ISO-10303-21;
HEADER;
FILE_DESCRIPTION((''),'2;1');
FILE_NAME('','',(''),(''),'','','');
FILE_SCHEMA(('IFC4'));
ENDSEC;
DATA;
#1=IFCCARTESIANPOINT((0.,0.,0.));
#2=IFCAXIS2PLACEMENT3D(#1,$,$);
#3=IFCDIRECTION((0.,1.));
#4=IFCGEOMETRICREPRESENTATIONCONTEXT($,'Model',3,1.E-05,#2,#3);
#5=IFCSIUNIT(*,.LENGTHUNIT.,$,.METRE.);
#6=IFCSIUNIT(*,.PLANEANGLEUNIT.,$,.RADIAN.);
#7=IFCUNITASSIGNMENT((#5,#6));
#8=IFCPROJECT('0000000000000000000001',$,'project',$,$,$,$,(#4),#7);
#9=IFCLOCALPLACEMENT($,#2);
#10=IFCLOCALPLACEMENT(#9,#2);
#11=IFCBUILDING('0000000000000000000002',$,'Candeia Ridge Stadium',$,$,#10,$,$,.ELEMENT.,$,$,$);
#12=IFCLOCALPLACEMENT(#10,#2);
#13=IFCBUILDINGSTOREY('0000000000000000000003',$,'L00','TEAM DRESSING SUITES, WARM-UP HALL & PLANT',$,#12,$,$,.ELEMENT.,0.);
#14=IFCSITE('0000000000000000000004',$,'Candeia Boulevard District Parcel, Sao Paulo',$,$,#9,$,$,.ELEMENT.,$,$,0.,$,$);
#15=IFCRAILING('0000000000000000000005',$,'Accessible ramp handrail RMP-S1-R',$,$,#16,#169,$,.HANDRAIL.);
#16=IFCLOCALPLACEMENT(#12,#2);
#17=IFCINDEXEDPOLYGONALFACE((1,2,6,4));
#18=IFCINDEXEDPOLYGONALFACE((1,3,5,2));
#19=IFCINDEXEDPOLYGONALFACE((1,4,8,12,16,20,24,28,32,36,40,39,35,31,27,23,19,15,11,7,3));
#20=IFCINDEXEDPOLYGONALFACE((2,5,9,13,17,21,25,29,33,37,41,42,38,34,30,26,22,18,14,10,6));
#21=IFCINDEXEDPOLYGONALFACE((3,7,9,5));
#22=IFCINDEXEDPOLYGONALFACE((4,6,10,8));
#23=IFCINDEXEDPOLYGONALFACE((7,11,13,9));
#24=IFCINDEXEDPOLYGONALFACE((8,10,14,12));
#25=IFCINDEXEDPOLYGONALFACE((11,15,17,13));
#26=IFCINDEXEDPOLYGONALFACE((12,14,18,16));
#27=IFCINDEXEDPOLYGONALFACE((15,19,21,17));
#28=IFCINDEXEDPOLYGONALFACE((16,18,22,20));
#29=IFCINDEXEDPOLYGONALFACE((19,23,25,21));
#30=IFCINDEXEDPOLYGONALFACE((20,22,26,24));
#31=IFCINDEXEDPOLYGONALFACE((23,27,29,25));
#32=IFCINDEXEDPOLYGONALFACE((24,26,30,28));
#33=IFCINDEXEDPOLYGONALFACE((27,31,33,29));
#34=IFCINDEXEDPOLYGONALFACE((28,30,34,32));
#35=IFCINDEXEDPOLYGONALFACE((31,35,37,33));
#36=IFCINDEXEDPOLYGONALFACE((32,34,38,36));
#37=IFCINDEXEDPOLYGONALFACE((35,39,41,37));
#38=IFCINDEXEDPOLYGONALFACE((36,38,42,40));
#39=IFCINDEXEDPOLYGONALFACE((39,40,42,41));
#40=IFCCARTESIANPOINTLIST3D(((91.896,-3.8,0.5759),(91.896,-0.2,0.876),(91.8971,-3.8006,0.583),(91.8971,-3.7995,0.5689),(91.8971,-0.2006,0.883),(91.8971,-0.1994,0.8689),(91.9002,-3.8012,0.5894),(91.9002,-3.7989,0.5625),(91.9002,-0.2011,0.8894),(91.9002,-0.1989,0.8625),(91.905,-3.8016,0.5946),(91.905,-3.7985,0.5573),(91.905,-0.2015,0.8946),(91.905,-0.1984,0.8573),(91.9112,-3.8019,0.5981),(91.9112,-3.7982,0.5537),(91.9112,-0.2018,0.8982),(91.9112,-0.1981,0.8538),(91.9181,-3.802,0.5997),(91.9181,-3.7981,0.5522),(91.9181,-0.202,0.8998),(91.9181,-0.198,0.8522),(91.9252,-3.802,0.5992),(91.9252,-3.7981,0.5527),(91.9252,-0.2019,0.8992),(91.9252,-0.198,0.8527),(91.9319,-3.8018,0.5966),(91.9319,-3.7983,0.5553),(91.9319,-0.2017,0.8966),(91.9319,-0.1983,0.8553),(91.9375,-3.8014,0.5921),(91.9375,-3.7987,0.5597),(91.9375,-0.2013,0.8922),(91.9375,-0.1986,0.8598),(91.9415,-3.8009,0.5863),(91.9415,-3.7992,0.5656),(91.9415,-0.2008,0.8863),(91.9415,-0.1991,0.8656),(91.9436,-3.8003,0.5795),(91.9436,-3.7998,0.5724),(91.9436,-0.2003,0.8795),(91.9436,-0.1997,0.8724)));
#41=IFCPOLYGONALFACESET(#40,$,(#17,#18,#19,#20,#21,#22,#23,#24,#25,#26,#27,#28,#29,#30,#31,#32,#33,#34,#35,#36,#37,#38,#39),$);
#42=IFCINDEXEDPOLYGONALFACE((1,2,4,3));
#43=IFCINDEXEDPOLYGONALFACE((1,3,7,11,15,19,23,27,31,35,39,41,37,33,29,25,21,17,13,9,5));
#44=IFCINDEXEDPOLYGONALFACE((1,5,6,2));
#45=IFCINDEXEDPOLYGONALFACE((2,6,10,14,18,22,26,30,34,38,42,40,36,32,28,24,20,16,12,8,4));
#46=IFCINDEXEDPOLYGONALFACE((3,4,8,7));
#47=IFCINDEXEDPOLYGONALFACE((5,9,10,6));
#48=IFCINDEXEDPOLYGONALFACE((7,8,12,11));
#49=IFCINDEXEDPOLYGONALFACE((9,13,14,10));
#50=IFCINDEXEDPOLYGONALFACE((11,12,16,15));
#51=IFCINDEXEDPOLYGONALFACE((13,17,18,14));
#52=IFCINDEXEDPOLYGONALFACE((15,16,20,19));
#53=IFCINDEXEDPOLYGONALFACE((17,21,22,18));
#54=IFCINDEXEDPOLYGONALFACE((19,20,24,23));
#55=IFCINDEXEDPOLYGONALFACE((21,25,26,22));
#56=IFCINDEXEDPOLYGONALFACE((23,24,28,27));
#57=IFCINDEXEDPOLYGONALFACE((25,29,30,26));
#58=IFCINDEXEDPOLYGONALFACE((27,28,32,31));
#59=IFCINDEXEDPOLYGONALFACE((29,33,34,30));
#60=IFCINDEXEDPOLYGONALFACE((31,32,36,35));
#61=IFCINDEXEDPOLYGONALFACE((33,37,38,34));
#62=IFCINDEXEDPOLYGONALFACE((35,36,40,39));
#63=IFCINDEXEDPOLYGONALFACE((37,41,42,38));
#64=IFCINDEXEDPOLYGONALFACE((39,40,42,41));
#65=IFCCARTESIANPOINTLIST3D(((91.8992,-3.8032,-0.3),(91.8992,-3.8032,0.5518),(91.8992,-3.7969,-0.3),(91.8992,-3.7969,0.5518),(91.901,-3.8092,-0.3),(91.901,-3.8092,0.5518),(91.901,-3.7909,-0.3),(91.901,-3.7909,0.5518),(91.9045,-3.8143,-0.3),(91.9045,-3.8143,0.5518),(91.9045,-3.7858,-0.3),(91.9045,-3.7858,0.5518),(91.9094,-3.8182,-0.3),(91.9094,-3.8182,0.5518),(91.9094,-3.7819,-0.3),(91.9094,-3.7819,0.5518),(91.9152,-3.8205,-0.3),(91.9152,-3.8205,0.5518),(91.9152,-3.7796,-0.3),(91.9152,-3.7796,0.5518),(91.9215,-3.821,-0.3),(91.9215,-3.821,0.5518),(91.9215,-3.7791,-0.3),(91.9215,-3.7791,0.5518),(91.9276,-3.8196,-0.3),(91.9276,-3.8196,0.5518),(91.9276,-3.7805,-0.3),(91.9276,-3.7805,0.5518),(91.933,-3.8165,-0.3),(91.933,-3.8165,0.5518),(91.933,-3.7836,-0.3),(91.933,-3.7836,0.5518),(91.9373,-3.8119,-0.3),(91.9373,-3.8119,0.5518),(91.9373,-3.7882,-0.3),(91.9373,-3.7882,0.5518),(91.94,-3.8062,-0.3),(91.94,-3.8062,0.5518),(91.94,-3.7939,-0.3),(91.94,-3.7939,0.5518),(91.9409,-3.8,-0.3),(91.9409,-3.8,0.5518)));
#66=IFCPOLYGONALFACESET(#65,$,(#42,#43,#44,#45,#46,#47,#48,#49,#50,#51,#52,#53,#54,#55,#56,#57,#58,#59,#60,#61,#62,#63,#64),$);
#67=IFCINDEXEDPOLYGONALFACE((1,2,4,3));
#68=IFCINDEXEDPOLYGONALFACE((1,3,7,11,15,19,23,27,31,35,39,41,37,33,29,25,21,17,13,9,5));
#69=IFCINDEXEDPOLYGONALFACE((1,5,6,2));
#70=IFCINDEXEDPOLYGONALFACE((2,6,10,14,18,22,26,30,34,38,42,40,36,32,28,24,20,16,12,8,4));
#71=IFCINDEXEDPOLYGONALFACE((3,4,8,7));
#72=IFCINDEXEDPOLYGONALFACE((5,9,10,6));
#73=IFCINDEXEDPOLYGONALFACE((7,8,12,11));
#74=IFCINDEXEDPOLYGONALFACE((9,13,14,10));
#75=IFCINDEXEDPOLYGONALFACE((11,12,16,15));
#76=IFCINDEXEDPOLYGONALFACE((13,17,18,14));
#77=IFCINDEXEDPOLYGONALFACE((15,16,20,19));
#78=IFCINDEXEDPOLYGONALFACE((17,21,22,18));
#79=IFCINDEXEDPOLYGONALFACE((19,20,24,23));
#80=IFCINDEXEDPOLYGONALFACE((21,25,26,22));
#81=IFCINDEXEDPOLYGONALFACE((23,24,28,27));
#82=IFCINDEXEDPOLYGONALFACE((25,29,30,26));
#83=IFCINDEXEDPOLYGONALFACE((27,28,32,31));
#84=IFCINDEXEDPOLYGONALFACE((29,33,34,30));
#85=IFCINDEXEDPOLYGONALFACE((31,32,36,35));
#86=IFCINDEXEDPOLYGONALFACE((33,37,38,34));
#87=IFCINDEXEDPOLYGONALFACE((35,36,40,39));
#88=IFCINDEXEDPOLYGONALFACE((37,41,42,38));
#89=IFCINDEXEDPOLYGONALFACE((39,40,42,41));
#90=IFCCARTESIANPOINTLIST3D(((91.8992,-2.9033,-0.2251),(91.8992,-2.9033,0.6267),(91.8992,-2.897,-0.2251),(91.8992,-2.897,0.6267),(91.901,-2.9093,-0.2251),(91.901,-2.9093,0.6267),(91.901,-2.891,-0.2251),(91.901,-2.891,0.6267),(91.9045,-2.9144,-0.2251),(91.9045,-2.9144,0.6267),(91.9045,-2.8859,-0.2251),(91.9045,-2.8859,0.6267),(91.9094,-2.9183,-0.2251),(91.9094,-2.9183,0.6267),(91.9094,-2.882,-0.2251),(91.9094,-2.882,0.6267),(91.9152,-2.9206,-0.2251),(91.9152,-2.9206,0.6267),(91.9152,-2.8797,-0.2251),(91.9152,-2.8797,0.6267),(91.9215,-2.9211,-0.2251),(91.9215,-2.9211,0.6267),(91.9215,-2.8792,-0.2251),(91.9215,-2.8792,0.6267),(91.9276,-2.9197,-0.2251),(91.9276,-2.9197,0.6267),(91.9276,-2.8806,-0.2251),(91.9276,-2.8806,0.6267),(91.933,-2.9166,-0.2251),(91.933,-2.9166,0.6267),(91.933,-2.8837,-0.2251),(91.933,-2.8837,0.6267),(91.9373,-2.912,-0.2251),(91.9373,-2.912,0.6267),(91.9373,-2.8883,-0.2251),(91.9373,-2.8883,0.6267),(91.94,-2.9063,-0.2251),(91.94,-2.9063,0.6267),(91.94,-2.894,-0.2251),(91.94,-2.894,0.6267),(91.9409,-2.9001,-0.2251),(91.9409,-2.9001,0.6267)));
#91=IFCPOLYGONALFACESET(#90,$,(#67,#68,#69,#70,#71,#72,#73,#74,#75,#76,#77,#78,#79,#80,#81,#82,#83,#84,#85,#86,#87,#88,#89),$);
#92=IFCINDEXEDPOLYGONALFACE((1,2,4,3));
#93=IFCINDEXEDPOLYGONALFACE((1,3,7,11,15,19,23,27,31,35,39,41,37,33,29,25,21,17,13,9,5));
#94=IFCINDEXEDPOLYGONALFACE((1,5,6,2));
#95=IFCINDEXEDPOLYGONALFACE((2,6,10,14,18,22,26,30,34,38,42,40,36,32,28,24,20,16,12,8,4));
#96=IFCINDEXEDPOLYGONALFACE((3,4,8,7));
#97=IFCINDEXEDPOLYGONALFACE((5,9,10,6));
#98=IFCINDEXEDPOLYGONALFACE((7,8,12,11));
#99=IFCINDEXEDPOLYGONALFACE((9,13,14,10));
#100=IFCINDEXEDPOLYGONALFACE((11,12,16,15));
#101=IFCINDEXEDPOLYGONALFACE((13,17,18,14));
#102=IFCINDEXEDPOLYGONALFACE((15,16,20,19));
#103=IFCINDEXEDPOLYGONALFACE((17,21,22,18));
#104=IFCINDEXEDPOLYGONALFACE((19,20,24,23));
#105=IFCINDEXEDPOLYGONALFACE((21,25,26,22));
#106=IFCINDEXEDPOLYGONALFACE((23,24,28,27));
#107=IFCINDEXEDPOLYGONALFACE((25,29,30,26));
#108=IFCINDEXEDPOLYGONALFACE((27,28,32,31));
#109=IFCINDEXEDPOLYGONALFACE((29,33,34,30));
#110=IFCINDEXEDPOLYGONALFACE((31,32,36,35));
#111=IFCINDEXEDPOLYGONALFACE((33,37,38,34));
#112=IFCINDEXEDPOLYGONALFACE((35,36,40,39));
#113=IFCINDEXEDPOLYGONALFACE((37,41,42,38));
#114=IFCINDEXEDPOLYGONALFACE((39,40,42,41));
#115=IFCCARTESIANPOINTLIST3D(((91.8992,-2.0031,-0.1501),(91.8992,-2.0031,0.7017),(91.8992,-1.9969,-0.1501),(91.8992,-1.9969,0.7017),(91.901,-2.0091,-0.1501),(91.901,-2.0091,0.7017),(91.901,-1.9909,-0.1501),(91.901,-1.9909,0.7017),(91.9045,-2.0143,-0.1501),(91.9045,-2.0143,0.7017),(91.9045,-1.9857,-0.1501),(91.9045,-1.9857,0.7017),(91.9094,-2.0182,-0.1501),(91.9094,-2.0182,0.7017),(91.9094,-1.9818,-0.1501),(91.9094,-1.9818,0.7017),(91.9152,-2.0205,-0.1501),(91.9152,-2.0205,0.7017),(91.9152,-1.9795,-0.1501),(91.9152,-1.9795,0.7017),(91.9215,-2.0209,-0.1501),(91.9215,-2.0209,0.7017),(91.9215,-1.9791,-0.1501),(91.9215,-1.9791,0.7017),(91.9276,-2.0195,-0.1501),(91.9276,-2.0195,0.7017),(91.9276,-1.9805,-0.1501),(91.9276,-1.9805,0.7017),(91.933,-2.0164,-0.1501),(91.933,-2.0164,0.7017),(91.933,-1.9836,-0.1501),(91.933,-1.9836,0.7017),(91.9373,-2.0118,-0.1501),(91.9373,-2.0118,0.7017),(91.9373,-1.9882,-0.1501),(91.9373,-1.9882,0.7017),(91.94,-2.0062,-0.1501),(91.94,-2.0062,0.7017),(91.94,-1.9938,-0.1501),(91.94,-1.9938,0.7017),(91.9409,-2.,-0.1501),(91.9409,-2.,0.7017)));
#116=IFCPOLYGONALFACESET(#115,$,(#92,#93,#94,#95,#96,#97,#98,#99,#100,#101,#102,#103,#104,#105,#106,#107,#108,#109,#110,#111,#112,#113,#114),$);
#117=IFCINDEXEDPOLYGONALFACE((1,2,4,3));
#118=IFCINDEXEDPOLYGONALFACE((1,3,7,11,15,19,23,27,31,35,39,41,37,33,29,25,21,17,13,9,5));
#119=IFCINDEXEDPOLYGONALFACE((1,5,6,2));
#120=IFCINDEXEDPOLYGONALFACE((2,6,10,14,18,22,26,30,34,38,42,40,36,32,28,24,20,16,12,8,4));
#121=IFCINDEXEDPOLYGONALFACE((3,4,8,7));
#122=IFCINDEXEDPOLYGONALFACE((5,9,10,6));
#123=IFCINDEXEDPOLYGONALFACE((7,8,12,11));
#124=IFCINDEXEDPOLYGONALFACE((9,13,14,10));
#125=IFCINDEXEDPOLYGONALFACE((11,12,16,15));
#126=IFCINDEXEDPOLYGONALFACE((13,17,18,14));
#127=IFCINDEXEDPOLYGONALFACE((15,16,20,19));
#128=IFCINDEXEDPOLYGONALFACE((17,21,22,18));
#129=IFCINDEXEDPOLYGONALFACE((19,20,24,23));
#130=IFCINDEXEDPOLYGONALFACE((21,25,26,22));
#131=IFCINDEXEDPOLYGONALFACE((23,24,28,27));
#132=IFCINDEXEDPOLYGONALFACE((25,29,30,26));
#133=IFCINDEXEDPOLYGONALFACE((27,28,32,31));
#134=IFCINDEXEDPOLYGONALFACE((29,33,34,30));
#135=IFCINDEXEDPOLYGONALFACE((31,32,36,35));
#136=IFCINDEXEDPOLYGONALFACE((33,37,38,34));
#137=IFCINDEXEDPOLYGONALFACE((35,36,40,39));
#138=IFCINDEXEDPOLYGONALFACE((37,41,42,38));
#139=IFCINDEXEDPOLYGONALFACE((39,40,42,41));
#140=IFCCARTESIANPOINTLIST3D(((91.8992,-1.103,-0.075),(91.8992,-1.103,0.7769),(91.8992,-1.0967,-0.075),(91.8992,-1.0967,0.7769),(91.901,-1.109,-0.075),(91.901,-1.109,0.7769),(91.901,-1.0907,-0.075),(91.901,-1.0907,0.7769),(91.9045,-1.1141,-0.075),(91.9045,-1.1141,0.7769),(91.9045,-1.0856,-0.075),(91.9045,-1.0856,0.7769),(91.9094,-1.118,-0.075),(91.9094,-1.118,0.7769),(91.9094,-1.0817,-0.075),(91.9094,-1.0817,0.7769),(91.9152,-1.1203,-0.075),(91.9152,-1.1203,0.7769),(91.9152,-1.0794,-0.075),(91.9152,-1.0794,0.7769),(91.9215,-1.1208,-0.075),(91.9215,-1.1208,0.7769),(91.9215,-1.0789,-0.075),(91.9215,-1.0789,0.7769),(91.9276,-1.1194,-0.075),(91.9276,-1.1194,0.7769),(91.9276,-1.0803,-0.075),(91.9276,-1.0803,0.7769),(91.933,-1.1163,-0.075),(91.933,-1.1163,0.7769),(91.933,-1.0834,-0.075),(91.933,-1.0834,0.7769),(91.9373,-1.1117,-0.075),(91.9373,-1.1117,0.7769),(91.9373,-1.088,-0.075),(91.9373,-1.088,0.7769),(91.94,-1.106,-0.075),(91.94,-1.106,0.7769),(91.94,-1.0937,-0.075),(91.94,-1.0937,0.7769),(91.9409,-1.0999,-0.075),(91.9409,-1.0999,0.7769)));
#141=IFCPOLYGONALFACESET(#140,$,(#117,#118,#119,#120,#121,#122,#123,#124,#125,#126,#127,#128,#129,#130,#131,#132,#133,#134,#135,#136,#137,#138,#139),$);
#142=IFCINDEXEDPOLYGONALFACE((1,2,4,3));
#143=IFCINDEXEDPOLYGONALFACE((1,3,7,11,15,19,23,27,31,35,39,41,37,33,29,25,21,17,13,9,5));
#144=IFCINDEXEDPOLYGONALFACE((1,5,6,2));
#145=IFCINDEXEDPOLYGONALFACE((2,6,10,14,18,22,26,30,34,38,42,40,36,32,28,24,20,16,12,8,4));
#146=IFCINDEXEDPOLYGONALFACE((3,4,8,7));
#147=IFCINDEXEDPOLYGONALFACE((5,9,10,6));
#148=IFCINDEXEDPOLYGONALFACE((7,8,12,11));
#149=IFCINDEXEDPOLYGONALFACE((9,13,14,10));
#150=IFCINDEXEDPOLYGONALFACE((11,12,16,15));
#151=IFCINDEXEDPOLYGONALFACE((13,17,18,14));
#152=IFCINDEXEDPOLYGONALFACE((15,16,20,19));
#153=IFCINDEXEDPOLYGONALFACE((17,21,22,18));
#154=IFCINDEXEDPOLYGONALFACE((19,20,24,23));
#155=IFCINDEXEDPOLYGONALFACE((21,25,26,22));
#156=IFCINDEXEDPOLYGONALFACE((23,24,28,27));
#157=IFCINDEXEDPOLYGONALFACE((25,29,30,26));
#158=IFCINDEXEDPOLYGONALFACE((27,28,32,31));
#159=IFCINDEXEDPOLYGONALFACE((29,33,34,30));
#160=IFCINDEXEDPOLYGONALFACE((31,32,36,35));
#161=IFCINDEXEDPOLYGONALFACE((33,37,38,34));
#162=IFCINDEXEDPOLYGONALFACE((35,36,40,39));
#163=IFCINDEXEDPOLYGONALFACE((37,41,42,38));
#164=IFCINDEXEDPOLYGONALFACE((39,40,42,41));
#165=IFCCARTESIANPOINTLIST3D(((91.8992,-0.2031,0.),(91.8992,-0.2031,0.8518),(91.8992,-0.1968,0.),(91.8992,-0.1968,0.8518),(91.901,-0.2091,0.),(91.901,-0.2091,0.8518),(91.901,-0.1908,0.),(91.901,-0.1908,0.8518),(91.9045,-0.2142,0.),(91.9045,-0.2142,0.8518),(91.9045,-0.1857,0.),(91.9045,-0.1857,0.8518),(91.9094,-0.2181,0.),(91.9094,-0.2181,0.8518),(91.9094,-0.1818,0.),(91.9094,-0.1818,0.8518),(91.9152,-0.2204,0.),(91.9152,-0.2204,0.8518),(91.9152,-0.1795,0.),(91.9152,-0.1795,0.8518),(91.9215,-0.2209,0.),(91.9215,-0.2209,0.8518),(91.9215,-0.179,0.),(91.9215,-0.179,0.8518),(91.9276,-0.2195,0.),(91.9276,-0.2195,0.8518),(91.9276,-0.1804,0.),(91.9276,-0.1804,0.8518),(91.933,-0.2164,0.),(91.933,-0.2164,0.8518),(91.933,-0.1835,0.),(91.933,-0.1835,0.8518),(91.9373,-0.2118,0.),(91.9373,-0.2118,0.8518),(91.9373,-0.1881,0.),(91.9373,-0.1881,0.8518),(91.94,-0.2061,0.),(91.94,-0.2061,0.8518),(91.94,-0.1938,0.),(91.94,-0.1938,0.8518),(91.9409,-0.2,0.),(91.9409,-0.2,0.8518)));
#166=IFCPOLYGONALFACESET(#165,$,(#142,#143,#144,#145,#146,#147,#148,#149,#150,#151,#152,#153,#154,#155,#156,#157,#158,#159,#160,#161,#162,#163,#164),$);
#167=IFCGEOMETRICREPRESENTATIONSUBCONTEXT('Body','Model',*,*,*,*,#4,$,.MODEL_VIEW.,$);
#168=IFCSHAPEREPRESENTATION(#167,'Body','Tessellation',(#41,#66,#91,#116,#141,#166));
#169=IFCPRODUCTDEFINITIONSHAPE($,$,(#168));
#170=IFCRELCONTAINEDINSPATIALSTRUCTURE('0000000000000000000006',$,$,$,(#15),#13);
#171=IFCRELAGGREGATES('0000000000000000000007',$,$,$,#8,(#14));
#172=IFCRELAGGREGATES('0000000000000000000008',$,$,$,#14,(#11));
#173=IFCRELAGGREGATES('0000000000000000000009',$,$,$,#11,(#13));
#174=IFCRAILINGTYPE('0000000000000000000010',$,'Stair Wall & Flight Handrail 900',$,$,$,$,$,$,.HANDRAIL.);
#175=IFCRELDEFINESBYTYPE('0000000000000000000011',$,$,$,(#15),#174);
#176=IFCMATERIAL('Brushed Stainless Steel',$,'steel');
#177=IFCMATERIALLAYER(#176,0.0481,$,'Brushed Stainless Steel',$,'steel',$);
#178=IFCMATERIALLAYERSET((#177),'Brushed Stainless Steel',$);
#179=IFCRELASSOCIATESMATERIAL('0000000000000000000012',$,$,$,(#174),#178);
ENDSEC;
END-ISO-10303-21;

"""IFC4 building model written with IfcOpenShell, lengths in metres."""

from ifc_helpers import new_model, si_unit, direction, frame, origin, origin_2d, place, context, subcontext, project, spatial, circle, extrude, material, layer, layer_set, type_object, element, save


model = new_model("IFC4")

# Units and contexts
model_context = context("Model", 3, precision=1e-05, world=origin(), true_north=direction((0.0, 1.0)))
body_context = subcontext(model_context, "Body", "Model", "MODEL_VIEW")
ifc_project = project(units=[si_unit("LENGTHUNIT", "METRE"), si_unit("PLANEANGLEUNIT", "RADIAN")], contexts=[model_context])

# Site, building, storey
site_placement = place(None, origin())
site = spatial("IfcSite", under=ifc_project, at=site_placement, Name="Candeia Boulevard District Parcel, Sao Paulo", CompositionType="ELEMENT", RefElevation=0.0)
building_placement = place(site_placement, origin())
building = spatial("IfcBuilding", under=site, at=building_placement, Name="Candeia Ridge Stadium", CompositionType="ELEMENT")
storey_placement = place(building_placement, origin())
storey = spatial("IfcBuildingStorey", under=building, at=storey_placement, Name="L00", Description="TEAM DRESSING SUITES, WARM-UP HALL & PLANT", CompositionType="ELEMENT", Elevation=0.0)

# Railing
ifc_material_1 = material(Name="Brushed Stainless Steel", Category="steel")
ifc_layer_1 = layer(ifc_material_1, 0.0481, Name="Brushed Stainless Steel", Category="steel")
ifc_layer_set_1 = layer_set([ifc_layer_1], Name="Brushed Stainless Steel")
railing_type_1 = type_object("IfcRailingType", Name="Stair Wall & Flight Handrail 900", PredefinedType="HANDRAIL", material=ifc_layer_set_1)
railing_1_placement = place(storey_placement, frame((91.9199, -3.8, -0.3)))
element("IfcRailing", 1, at=railing_1_placement, inside=storey, type_object=railing_type_1, Name="Accessible ramp handrail RMP-S1-R", PredefinedType="HANDRAIL", context=body_context, shape_type="SweptSolid", body=[
    extrude(circle(Radius=0.0239, at=origin_2d()), frame((0.0, 0.0, 0.876), z_axis=(0.0, 0.996545, 0.083057), x_axis=(-1.0, 0.0, 0.0)), (0.0, 0.0, 1.0), 3.6125),
    extrude(circle(Radius=0.021, at=origin_2d()), origin(), (0.0, 0.0, 1.0), 0.8518),
    extrude(circle(Radius=0.021, at=origin_2d()), frame((0.0, 0.8999, 0.075)), (0.0, 0.0, 1.0), 0.8518),
    extrude(circle(Radius=0.021, at=origin_2d()), frame((0.0, 1.8, 0.1499)), (0.0, 0.0, 1.0), 0.8518),
    extrude(circle(Radius=0.021, at=origin_2d()), frame((0.0, 2.7002, 0.2251)), (0.0, 0.0, 1.0), 0.8518),
    extrude(circle(Radius=0.021, at=origin_2d()), frame((0.0, 3.6001, 0.3)), (0.0, 0.0, 1.0), 0.8518),
])

save(model, "model.ifc")
